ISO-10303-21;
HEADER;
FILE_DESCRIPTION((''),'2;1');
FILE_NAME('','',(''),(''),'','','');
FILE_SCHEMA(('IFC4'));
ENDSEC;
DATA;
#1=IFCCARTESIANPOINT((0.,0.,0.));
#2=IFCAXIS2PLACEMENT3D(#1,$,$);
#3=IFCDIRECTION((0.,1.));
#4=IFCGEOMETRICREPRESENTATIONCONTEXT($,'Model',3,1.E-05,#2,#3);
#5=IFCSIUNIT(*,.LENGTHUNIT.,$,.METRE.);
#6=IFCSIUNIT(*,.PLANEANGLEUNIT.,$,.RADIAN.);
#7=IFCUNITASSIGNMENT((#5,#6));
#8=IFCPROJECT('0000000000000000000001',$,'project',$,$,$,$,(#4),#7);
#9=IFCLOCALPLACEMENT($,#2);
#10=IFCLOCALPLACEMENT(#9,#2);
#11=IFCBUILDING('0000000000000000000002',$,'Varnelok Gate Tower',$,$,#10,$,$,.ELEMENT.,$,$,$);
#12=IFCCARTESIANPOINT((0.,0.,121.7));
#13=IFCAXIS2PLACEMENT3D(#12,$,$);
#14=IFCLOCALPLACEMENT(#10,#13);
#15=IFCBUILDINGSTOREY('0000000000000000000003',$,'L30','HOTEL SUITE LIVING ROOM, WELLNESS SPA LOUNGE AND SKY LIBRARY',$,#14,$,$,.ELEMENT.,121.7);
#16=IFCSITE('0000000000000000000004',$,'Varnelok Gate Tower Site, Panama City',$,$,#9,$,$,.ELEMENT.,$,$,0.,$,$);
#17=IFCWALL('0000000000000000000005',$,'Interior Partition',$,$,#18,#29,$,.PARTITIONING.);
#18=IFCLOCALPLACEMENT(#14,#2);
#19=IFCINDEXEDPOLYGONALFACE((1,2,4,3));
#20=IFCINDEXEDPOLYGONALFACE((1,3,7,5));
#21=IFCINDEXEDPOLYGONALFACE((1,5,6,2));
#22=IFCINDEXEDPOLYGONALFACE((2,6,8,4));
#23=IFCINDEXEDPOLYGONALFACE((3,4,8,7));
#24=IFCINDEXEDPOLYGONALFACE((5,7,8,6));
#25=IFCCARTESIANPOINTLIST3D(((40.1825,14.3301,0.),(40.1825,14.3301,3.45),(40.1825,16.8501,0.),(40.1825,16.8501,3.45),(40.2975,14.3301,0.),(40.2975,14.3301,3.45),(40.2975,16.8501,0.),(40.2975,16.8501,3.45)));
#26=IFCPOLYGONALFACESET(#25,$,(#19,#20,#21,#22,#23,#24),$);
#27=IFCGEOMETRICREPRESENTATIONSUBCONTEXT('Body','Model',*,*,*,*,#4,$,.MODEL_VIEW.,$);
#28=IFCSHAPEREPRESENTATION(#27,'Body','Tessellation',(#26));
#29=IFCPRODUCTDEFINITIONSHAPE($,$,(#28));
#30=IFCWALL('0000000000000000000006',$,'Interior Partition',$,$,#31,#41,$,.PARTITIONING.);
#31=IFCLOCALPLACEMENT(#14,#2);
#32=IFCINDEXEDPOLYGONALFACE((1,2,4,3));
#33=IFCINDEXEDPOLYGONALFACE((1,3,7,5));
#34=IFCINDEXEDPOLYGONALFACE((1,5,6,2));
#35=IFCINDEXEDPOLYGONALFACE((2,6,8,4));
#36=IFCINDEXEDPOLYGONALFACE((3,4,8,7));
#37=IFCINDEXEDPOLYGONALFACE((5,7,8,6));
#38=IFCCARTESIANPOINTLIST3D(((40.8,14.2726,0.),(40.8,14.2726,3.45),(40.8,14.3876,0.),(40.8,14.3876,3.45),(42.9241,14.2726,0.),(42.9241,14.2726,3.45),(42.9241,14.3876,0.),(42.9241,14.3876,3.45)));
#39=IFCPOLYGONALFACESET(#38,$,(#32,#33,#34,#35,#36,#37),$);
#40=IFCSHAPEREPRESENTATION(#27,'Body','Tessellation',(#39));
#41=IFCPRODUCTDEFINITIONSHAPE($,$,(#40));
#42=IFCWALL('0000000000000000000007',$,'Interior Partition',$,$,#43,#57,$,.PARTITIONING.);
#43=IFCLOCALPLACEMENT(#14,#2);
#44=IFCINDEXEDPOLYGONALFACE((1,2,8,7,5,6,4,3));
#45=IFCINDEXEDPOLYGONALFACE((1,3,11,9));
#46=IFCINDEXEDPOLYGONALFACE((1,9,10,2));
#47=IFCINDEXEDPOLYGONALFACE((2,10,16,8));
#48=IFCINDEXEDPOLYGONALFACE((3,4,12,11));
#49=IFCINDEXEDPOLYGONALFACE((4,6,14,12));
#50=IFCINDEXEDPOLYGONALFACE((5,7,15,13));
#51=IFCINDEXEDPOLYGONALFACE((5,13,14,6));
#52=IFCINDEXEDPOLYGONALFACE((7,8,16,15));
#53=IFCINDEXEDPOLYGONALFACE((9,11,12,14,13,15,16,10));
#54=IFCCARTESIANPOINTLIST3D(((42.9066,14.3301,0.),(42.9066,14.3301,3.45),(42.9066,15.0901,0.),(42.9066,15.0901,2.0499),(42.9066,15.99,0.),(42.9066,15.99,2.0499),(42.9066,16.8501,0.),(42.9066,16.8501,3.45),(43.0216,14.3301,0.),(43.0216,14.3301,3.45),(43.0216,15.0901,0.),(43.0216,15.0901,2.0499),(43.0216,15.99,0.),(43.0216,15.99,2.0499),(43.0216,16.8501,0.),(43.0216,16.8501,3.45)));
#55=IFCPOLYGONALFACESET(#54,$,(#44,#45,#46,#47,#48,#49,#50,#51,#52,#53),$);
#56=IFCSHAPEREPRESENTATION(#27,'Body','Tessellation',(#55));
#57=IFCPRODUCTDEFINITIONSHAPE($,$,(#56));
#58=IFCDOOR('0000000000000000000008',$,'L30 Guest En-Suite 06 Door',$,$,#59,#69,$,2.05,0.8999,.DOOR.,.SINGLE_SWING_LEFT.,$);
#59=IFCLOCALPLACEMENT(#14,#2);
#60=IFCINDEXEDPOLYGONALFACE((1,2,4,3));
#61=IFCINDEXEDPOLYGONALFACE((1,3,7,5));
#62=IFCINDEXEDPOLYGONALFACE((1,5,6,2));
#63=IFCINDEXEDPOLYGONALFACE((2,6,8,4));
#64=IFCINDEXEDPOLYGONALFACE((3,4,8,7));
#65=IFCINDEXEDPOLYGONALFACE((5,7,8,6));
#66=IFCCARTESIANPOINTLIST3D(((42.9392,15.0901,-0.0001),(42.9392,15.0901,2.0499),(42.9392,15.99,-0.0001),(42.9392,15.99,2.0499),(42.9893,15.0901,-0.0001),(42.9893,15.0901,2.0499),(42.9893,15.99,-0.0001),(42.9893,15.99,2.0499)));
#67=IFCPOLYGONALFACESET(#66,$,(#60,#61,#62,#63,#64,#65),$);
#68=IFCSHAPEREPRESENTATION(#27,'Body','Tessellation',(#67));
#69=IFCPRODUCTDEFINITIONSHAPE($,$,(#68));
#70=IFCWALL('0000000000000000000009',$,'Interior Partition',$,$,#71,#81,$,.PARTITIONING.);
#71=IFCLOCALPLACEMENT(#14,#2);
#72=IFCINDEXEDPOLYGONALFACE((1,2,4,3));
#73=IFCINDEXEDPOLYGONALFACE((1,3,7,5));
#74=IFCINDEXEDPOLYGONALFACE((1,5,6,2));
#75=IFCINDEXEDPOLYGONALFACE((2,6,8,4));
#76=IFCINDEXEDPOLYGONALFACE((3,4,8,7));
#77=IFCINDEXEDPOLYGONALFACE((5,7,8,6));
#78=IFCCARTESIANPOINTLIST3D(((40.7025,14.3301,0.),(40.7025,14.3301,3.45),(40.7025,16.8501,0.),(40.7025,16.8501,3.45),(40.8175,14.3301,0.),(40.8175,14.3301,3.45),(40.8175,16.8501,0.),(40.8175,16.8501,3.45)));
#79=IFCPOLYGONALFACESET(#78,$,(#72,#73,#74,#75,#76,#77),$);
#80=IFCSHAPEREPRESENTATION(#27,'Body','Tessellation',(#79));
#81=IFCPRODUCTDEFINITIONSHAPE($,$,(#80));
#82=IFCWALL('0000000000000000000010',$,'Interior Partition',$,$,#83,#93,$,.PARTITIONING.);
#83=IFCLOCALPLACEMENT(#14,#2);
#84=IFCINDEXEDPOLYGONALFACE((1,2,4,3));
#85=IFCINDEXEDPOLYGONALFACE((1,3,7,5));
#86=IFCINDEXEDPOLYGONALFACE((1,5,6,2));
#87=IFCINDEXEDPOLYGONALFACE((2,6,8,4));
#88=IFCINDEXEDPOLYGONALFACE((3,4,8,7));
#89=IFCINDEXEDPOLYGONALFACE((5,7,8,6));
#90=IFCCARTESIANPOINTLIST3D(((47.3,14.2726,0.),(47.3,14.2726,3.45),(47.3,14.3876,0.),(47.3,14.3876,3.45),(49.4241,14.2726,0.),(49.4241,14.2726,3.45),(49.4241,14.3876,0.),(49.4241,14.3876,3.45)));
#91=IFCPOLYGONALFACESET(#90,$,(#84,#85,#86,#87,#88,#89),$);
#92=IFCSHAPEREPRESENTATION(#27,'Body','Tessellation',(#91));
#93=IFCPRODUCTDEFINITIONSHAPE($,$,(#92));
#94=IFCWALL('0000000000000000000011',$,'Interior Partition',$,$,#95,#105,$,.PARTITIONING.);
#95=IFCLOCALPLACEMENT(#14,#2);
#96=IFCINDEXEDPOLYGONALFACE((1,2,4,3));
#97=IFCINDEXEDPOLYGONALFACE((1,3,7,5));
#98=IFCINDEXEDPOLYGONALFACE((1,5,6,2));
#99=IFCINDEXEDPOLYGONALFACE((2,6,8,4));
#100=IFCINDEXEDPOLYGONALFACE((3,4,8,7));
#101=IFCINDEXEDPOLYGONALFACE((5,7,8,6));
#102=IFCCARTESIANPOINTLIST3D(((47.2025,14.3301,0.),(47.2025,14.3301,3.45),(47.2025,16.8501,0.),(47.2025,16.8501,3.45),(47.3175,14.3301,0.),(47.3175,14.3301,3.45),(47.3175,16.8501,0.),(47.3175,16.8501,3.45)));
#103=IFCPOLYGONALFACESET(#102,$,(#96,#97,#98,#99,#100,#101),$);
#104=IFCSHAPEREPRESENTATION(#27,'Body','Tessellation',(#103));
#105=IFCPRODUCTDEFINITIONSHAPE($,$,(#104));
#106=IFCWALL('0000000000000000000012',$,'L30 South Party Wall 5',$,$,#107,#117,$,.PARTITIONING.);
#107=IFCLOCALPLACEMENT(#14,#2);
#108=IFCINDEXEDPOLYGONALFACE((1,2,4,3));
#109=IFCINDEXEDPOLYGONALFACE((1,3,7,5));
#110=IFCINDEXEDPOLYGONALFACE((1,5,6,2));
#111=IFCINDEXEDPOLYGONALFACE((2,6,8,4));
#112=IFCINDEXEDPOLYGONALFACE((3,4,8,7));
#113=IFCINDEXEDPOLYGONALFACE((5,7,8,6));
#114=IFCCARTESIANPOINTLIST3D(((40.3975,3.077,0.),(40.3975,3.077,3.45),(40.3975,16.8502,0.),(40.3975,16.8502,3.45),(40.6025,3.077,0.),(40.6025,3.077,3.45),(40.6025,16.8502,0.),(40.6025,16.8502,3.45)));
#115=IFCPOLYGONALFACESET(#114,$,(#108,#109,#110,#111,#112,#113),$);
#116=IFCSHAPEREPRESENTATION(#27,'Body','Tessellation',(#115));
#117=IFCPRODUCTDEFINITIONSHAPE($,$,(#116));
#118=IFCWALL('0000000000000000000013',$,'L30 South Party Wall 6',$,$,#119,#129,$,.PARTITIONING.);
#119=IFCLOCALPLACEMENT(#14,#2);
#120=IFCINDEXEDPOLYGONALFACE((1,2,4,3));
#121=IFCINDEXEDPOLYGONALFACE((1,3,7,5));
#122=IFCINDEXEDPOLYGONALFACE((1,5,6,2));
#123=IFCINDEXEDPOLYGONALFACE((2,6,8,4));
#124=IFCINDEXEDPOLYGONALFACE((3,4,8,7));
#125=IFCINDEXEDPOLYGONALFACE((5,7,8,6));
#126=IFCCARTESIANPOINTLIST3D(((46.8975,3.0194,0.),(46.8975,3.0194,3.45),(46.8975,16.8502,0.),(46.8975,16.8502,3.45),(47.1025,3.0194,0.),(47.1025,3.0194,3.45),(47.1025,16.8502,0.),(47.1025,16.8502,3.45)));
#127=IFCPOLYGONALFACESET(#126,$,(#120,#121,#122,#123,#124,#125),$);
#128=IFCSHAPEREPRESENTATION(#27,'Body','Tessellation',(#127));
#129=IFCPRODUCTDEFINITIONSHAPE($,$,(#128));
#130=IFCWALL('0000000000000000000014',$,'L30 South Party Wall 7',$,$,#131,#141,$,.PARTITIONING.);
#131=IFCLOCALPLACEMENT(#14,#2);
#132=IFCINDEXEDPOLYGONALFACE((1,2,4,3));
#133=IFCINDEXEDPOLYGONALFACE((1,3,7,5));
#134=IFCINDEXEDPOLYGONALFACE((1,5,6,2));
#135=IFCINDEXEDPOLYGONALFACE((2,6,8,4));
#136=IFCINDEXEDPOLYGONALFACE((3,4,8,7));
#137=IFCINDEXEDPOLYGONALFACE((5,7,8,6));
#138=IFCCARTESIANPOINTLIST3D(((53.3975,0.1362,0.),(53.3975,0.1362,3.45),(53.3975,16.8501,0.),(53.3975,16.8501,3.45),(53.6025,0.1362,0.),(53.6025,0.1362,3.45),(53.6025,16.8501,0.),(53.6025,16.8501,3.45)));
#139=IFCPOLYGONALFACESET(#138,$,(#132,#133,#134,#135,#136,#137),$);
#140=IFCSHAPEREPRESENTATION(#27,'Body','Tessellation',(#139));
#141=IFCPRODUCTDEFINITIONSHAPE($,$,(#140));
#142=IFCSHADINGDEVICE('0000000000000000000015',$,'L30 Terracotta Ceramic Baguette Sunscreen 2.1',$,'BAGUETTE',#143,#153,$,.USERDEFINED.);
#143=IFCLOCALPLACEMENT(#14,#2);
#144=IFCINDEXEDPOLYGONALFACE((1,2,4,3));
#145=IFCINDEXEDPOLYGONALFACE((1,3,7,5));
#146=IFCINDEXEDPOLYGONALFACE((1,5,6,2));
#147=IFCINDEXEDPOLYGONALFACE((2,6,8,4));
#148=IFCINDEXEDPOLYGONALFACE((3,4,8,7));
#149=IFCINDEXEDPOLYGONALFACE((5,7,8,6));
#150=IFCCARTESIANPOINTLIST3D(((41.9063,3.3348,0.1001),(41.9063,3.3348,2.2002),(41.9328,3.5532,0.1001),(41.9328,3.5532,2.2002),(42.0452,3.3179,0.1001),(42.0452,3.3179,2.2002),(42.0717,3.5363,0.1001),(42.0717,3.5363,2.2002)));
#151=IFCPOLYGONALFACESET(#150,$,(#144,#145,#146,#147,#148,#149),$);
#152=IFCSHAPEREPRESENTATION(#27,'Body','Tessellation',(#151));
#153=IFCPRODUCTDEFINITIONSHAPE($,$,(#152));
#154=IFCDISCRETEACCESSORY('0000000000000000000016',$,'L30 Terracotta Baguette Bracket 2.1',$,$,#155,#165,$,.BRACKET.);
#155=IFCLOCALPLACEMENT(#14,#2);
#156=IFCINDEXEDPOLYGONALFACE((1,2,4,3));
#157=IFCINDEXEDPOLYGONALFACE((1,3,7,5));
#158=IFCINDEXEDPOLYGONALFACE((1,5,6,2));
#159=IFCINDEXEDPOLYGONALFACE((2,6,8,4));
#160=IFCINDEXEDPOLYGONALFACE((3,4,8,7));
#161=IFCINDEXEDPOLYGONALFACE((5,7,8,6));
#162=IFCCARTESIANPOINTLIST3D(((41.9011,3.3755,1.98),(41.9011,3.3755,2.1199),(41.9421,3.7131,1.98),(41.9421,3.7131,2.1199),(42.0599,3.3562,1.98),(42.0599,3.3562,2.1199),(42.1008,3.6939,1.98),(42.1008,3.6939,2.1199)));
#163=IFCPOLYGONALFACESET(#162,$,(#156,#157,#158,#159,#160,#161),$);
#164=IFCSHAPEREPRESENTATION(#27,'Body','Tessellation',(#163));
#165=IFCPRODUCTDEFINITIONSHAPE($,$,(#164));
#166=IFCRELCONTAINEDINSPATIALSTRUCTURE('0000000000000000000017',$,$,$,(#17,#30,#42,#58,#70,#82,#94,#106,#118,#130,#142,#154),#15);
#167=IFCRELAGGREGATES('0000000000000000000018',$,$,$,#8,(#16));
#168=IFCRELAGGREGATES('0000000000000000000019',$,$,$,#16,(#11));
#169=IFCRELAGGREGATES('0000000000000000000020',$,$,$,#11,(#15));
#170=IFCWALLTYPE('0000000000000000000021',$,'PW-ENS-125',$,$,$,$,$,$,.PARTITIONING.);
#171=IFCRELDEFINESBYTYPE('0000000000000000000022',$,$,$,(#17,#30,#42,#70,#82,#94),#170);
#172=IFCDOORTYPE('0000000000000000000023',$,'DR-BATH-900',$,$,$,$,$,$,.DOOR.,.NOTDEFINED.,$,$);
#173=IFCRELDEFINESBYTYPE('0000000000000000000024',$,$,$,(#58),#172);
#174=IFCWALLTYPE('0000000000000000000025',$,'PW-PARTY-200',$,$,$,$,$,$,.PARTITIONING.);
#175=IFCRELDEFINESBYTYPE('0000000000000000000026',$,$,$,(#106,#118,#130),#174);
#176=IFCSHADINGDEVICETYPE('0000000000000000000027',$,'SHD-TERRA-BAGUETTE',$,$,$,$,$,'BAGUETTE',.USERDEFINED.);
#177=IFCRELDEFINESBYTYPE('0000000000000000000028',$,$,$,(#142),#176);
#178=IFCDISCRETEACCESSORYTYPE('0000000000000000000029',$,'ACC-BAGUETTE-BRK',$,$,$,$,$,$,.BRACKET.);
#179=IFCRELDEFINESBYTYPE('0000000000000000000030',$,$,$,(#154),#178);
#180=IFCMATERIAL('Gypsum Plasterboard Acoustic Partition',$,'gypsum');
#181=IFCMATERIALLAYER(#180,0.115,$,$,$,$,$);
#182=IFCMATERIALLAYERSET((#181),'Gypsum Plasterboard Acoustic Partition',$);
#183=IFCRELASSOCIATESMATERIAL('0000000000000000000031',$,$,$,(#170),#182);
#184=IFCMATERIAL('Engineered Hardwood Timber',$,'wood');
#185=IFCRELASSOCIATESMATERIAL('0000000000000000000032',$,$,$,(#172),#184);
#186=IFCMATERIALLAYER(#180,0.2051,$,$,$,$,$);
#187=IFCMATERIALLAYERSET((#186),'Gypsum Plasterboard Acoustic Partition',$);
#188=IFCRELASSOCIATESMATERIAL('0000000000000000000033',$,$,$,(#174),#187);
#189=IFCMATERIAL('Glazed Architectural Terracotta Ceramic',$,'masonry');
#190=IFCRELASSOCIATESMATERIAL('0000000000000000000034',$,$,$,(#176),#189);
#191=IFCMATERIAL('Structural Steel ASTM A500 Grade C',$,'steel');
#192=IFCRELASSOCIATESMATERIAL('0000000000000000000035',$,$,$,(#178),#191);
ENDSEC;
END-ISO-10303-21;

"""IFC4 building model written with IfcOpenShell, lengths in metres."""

from ifc_helpers import new_model, si_unit, direction, frame, frame_2d, origin, origin_2d, place, context, subcontext, project, spatial, rectangle, extrude, source, transform, mapped, material, layer, layer_set, type_object, element, fill, save


model = new_model("IFC4")

# Units and contexts
model_context = context("Model", 3, precision=1e-05, world=origin(), true_north=direction((0.0, 1.0)))
body_context = subcontext(model_context, "Body", "Model", "MODEL_VIEW")
ifc_project = project(units=[si_unit("LENGTHUNIT", "METRE"), si_unit("PLANEANGLEUNIT", "RADIAN")], contexts=[model_context])

# Site, building, storey
site_placement = place(None, origin())
site = spatial("IfcSite", under=ifc_project, at=site_placement, Name="Varnelok Gate Tower Site, Panama City", CompositionType="ELEMENT", RefElevation=0.0)
building_placement = place(site_placement, origin())
building = spatial("IfcBuilding", under=site, at=building_placement, Name="Varnelok Gate Tower", CompositionType="ELEMENT")
storey_placement = place(building_placement, frame((0.0, 0.0, 121.7)))
storey = spatial("IfcBuildingStorey", under=building, at=storey_placement, Name="L30", Description="HOTEL SUITE LIVING ROOM, WELLNESS SPA LOUNGE AND SKY LIBRARY", CompositionType="ELEMENT", Elevation=121.7)

# Walls
ifc_material_1 = material(Name="Gypsum Plasterboard Acoustic Partition", Category="gypsum")
ifc_layer_1 = layer(ifc_material_1, 0.115)
ifc_layer_set_1 = layer_set([ifc_layer_1], Name="Gypsum Plasterboard Acoustic Partition")
wall_type_1 = type_object("IfcWallType", Name="PW-ENS-125", PredefinedType="PARTITIONING", material=ifc_layer_set_1)
wall_1_placement = place(storey_placement, frame((40.24, 14.3301, 0.0), z_axis=(0.0, 0.0, 1.0), x_axis=(0.0, 1.0, 0.0)))
element("IfcWall", 1, at=wall_1_placement, inside=storey, type_object=wall_type_1, Name="Interior Partition", PredefinedType="PARTITIONING", context=body_context, shape_type="SweptSolid", body=[
    extrude(rectangle(XDim=2.52, YDim=0.115, at=frame_2d((1.26, 0.0))), origin(), (0.0, 0.0, 1.0), 3.45),
])
wall_2_placement = place(storey_placement, frame((40.8, 14.3301, 0.0), z_axis=(0.0, 0.0, 1.0), x_axis=(1.0, 0.0, 0.0)))
element("IfcWall", 2, at=wall_2_placement, inside=storey, type_object=wall_type_1, Name="Interior Partition", PredefinedType="PARTITIONING", context=body_context, shape_type="SweptSolid", body=[
    extrude(rectangle(XDim=2.124, YDim=0.115, at=frame_2d((1.062, 0.0))), origin(), (0.0, 0.0, 1.0), 3.45),
])

# Wall, opening, door
wall_3_placement = place(storey_placement, frame((42.9641, 14.3301, 0.0), z_axis=(0.0, 0.0, 1.0), x_axis=(0.0, 1.0, 0.0)))
wall_3 = element("IfcWall", 3, at=wall_3_placement, inside=storey, type_object=wall_type_1, Name="Interior Partition", PredefinedType="PARTITIONING", context=body_context, shape_type="SweptSolid", body=[
    extrude(rectangle(XDim=2.52, YDim=0.115, at=frame_2d((1.26, 0.0))), origin(), (0.0, 0.0, 1.0), 3.45),
])
opening_1_placement = place(wall_3_placement, frame((0.76, 0.0, 0.0)))
opening_1 = element("IfcOpeningElement", 4, at=opening_1_placement, cuts=wall_3, PredefinedType="OPENING", context=body_context, shape_type="SweptSolid", body=[
    extrude(rectangle(XDim=0.8999, YDim=2.05, at=frame_2d((0.45, 1.0249))), frame((0.0, 0.0674, 0.0), z_axis=(0.0, -1.0, 0.0), x_axis=(1.0, 0.0, 0.0)), (0.0, 0.0, 1.0), 0.135),
])
ifc_material_2 = material(Name="Engineered Hardwood Timber", Category="wood")
door_type_1 = type_object("IfcDoorType", Name="DR-BATH-900", OperationType="NOTDEFINED", PredefinedType="DOOR", material=ifc_material_2)
door_1_placement = place(opening_1_placement, origin())
door_1 = element("IfcDoor", 5, at=door_1_placement, inside=storey, type_object=door_type_1, Name="L30 Guest En-Suite 06 Door", OperationType="SINGLE_SWING_LEFT", OverallHeight=2.05, OverallWidth=0.8999, PredefinedType="DOOR", context=body_context, shape_type="SweptSolid", body=[
    extrude(rectangle(XDim=0.8999, YDim=2.05, at=frame_2d((0.45, 1.0249))), frame((0.0, 0.0249, 0.0), z_axis=(0.0, -1.0, 0.0), x_axis=(1.0, 0.0, 0.0)), (0.0, 0.0, 1.0), 0.05),
])
fill(opening_1, door_1)

# Walls
wall_4_placement = place(storey_placement, frame((40.76, 14.3301, 0.0), z_axis=(0.0, 0.0, 1.0), x_axis=(0.0, 1.0, 0.0)))
element("IfcWall", 6, at=wall_4_placement, inside=storey, type_object=wall_type_1, Name="Interior Partition", PredefinedType="PARTITIONING", context=body_context, shape_type="SweptSolid", body=[
    extrude(rectangle(XDim=2.52, YDim=0.115, at=frame_2d((1.26, 0.0))), origin(), (0.0, 0.0, 1.0), 3.45),
])
wall_5_placement = place(storey_placement, frame((47.3, 14.3301, 0.0), z_axis=(0.0, 0.0, 1.0), x_axis=(1.0, 0.0, 0.0)))
element("IfcWall", 7, at=wall_5_placement, inside=storey, type_object=wall_type_1, Name="Interior Partition", PredefinedType="PARTITIONING", context=body_context, shape_type="SweptSolid", body=[
    extrude(rectangle(XDim=2.124, YDim=0.115, at=frame_2d((1.062, 0.0))), origin(), (0.0, 0.0, 1.0), 3.45),
])
wall_6_placement = place(storey_placement, frame((47.26, 14.3301, 0.0), z_axis=(0.0, 0.0, 1.0), x_axis=(0.0, 1.0, 0.0)))
element("IfcWall", 8, at=wall_6_placement, inside=storey, type_object=wall_type_1, Name="Interior Partition", PredefinedType="PARTITIONING", context=body_context, shape_type="SweptSolid", body=[
    extrude(rectangle(XDim=2.52, YDim=0.115, at=frame_2d((1.26, 0.0))), origin(), (0.0, 0.0, 1.0), 3.45),
])
ifc_layer_2 = layer(ifc_material_1, 0.2051)
ifc_layer_set_2 = layer_set([ifc_layer_2], Name="Gypsum Plasterboard Acoustic Partition")
wall_type_2 = type_object("IfcWallType", Name="PW-PARTY-200", PredefinedType="PARTITIONING", material=ifc_layer_set_2)
wall_7_placement = place(storey_placement, frame((40.5, 3.0769, 0.0), z_axis=(0.0, 0.0, 1.0), x_axis=(0.0, 1.0, 0.0)))
element("IfcWall", 9, at=wall_7_placement, inside=storey, type_object=wall_type_2, Name="L30 South Party Wall 5", PredefinedType="PARTITIONING", context=body_context, shape_type="SweptSolid", body=[
    extrude(rectangle(XDim=13.7732, YDim=0.2051, at=frame_2d((6.8867, 0.0))), origin(), (0.0, 0.0, 1.0), 3.45),
])
wall_8_placement = place(storey_placement, frame((47.0, 3.0193, 0.0), z_axis=(0.0, 0.0, 1.0), x_axis=(0.0, 1.0, 0.0)))
element("IfcWall", 10, at=wall_8_placement, inside=storey, type_object=wall_type_2, Name="L30 South Party Wall 6", PredefinedType="PARTITIONING", context=body_context, shape_type="SweptSolid", body=[
    extrude(rectangle(XDim=13.8308, YDim=0.2051, at=frame_2d((6.9155, 0.0))), origin(), (0.0, 0.0, 1.0), 3.45),
])
wall_9_placement = place(storey_placement, frame((53.5, 0.1362, 0.0), z_axis=(0.0, 0.0, 1.0), x_axis=(0.0, 1.0, 0.0)))
element("IfcWall", 11, at=wall_9_placement, inside=storey, type_object=wall_type_2, Name="L30 South Party Wall 7", PredefinedType="PARTITIONING", context=body_context, shape_type="SweptSolid", body=[
    extrude(rectangle(XDim=16.7139, YDim=0.2051, at=frame_2d((8.3569, 0.0))), origin(), (0.0, 0.0, 1.0), 3.45),
])

# Shading device
ifc_material_3 = material(Name="Glazed Architectural Terracotta Ceramic", Category="masonry")
shading_device_type = type_object("IfcShadingDeviceType", Name="SHD-TERRA-BAGUETTE", ElementType="BAGUETTE", PredefinedType="USERDEFINED", material=ifc_material_3)
shared_shape_1 = source(origin(), body_context, "Body", "SweptSolid", [
    extrude(rectangle(XDim=0.1399, YDim=0.22, at=origin_2d()), origin(), (0.0, 0.0, 1.0), 2.1001),
])
shading_device_placement = place(storey_placement, frame((41.989, 3.4355, 0.1001), z_axis=(0.0, 0.0, 1.0), x_axis=(0.992732, -0.120345, 0.0)))
element("IfcShadingDevice", 12, at=shading_device_placement, inside=storey, type_object=shading_device_type, Name="L30 Terracotta Ceramic Baguette Sunscreen 2.1", ObjectType="BAGUETTE", PredefinedType="USERDEFINED", context=body_context, shape_type="MappedRepresentation", body=[
    mapped(shared_shape_1, transform((0.0, 0.0, 0.0), scale=1.0)),
])

# Discrete accessory
ifc_material_4 = material(Name="Structural Steel ASTM A500 Grade C", Category="steel")
discrete_accessory_type = type_object("IfcDiscreteAccessoryType", Name="ACC-BAGUETTE-BRK", PredefinedType="BRACKET", material=ifc_material_4)
shared_shape_2 = source(origin(), body_context, "Body", "SweptSolid", [
    extrude(rectangle(XDim=0.1599, YDim=0.3401, at=origin_2d()), origin(), (0.0, 0.0, 1.0), 0.1399),
])
discrete_accessory_placement = place(storey_placement, frame((42.001, 3.5347, 1.98), z_axis=(0.0, 0.0, 1.0), x_axis=(0.992732, -0.120345, 0.0)))
element("IfcDiscreteAccessory", 13, at=discrete_accessory_placement, inside=storey, type_object=discrete_accessory_type, Name="L30 Terracotta Baguette Bracket 2.1", PredefinedType="BRACKET", context=body_context, shape_type="MappedRepresentation", body=[
    mapped(shared_shape_2, transform((0.0, 0.0, 0.0), scale=1.0)),
])

save(model, "model.ifc")
